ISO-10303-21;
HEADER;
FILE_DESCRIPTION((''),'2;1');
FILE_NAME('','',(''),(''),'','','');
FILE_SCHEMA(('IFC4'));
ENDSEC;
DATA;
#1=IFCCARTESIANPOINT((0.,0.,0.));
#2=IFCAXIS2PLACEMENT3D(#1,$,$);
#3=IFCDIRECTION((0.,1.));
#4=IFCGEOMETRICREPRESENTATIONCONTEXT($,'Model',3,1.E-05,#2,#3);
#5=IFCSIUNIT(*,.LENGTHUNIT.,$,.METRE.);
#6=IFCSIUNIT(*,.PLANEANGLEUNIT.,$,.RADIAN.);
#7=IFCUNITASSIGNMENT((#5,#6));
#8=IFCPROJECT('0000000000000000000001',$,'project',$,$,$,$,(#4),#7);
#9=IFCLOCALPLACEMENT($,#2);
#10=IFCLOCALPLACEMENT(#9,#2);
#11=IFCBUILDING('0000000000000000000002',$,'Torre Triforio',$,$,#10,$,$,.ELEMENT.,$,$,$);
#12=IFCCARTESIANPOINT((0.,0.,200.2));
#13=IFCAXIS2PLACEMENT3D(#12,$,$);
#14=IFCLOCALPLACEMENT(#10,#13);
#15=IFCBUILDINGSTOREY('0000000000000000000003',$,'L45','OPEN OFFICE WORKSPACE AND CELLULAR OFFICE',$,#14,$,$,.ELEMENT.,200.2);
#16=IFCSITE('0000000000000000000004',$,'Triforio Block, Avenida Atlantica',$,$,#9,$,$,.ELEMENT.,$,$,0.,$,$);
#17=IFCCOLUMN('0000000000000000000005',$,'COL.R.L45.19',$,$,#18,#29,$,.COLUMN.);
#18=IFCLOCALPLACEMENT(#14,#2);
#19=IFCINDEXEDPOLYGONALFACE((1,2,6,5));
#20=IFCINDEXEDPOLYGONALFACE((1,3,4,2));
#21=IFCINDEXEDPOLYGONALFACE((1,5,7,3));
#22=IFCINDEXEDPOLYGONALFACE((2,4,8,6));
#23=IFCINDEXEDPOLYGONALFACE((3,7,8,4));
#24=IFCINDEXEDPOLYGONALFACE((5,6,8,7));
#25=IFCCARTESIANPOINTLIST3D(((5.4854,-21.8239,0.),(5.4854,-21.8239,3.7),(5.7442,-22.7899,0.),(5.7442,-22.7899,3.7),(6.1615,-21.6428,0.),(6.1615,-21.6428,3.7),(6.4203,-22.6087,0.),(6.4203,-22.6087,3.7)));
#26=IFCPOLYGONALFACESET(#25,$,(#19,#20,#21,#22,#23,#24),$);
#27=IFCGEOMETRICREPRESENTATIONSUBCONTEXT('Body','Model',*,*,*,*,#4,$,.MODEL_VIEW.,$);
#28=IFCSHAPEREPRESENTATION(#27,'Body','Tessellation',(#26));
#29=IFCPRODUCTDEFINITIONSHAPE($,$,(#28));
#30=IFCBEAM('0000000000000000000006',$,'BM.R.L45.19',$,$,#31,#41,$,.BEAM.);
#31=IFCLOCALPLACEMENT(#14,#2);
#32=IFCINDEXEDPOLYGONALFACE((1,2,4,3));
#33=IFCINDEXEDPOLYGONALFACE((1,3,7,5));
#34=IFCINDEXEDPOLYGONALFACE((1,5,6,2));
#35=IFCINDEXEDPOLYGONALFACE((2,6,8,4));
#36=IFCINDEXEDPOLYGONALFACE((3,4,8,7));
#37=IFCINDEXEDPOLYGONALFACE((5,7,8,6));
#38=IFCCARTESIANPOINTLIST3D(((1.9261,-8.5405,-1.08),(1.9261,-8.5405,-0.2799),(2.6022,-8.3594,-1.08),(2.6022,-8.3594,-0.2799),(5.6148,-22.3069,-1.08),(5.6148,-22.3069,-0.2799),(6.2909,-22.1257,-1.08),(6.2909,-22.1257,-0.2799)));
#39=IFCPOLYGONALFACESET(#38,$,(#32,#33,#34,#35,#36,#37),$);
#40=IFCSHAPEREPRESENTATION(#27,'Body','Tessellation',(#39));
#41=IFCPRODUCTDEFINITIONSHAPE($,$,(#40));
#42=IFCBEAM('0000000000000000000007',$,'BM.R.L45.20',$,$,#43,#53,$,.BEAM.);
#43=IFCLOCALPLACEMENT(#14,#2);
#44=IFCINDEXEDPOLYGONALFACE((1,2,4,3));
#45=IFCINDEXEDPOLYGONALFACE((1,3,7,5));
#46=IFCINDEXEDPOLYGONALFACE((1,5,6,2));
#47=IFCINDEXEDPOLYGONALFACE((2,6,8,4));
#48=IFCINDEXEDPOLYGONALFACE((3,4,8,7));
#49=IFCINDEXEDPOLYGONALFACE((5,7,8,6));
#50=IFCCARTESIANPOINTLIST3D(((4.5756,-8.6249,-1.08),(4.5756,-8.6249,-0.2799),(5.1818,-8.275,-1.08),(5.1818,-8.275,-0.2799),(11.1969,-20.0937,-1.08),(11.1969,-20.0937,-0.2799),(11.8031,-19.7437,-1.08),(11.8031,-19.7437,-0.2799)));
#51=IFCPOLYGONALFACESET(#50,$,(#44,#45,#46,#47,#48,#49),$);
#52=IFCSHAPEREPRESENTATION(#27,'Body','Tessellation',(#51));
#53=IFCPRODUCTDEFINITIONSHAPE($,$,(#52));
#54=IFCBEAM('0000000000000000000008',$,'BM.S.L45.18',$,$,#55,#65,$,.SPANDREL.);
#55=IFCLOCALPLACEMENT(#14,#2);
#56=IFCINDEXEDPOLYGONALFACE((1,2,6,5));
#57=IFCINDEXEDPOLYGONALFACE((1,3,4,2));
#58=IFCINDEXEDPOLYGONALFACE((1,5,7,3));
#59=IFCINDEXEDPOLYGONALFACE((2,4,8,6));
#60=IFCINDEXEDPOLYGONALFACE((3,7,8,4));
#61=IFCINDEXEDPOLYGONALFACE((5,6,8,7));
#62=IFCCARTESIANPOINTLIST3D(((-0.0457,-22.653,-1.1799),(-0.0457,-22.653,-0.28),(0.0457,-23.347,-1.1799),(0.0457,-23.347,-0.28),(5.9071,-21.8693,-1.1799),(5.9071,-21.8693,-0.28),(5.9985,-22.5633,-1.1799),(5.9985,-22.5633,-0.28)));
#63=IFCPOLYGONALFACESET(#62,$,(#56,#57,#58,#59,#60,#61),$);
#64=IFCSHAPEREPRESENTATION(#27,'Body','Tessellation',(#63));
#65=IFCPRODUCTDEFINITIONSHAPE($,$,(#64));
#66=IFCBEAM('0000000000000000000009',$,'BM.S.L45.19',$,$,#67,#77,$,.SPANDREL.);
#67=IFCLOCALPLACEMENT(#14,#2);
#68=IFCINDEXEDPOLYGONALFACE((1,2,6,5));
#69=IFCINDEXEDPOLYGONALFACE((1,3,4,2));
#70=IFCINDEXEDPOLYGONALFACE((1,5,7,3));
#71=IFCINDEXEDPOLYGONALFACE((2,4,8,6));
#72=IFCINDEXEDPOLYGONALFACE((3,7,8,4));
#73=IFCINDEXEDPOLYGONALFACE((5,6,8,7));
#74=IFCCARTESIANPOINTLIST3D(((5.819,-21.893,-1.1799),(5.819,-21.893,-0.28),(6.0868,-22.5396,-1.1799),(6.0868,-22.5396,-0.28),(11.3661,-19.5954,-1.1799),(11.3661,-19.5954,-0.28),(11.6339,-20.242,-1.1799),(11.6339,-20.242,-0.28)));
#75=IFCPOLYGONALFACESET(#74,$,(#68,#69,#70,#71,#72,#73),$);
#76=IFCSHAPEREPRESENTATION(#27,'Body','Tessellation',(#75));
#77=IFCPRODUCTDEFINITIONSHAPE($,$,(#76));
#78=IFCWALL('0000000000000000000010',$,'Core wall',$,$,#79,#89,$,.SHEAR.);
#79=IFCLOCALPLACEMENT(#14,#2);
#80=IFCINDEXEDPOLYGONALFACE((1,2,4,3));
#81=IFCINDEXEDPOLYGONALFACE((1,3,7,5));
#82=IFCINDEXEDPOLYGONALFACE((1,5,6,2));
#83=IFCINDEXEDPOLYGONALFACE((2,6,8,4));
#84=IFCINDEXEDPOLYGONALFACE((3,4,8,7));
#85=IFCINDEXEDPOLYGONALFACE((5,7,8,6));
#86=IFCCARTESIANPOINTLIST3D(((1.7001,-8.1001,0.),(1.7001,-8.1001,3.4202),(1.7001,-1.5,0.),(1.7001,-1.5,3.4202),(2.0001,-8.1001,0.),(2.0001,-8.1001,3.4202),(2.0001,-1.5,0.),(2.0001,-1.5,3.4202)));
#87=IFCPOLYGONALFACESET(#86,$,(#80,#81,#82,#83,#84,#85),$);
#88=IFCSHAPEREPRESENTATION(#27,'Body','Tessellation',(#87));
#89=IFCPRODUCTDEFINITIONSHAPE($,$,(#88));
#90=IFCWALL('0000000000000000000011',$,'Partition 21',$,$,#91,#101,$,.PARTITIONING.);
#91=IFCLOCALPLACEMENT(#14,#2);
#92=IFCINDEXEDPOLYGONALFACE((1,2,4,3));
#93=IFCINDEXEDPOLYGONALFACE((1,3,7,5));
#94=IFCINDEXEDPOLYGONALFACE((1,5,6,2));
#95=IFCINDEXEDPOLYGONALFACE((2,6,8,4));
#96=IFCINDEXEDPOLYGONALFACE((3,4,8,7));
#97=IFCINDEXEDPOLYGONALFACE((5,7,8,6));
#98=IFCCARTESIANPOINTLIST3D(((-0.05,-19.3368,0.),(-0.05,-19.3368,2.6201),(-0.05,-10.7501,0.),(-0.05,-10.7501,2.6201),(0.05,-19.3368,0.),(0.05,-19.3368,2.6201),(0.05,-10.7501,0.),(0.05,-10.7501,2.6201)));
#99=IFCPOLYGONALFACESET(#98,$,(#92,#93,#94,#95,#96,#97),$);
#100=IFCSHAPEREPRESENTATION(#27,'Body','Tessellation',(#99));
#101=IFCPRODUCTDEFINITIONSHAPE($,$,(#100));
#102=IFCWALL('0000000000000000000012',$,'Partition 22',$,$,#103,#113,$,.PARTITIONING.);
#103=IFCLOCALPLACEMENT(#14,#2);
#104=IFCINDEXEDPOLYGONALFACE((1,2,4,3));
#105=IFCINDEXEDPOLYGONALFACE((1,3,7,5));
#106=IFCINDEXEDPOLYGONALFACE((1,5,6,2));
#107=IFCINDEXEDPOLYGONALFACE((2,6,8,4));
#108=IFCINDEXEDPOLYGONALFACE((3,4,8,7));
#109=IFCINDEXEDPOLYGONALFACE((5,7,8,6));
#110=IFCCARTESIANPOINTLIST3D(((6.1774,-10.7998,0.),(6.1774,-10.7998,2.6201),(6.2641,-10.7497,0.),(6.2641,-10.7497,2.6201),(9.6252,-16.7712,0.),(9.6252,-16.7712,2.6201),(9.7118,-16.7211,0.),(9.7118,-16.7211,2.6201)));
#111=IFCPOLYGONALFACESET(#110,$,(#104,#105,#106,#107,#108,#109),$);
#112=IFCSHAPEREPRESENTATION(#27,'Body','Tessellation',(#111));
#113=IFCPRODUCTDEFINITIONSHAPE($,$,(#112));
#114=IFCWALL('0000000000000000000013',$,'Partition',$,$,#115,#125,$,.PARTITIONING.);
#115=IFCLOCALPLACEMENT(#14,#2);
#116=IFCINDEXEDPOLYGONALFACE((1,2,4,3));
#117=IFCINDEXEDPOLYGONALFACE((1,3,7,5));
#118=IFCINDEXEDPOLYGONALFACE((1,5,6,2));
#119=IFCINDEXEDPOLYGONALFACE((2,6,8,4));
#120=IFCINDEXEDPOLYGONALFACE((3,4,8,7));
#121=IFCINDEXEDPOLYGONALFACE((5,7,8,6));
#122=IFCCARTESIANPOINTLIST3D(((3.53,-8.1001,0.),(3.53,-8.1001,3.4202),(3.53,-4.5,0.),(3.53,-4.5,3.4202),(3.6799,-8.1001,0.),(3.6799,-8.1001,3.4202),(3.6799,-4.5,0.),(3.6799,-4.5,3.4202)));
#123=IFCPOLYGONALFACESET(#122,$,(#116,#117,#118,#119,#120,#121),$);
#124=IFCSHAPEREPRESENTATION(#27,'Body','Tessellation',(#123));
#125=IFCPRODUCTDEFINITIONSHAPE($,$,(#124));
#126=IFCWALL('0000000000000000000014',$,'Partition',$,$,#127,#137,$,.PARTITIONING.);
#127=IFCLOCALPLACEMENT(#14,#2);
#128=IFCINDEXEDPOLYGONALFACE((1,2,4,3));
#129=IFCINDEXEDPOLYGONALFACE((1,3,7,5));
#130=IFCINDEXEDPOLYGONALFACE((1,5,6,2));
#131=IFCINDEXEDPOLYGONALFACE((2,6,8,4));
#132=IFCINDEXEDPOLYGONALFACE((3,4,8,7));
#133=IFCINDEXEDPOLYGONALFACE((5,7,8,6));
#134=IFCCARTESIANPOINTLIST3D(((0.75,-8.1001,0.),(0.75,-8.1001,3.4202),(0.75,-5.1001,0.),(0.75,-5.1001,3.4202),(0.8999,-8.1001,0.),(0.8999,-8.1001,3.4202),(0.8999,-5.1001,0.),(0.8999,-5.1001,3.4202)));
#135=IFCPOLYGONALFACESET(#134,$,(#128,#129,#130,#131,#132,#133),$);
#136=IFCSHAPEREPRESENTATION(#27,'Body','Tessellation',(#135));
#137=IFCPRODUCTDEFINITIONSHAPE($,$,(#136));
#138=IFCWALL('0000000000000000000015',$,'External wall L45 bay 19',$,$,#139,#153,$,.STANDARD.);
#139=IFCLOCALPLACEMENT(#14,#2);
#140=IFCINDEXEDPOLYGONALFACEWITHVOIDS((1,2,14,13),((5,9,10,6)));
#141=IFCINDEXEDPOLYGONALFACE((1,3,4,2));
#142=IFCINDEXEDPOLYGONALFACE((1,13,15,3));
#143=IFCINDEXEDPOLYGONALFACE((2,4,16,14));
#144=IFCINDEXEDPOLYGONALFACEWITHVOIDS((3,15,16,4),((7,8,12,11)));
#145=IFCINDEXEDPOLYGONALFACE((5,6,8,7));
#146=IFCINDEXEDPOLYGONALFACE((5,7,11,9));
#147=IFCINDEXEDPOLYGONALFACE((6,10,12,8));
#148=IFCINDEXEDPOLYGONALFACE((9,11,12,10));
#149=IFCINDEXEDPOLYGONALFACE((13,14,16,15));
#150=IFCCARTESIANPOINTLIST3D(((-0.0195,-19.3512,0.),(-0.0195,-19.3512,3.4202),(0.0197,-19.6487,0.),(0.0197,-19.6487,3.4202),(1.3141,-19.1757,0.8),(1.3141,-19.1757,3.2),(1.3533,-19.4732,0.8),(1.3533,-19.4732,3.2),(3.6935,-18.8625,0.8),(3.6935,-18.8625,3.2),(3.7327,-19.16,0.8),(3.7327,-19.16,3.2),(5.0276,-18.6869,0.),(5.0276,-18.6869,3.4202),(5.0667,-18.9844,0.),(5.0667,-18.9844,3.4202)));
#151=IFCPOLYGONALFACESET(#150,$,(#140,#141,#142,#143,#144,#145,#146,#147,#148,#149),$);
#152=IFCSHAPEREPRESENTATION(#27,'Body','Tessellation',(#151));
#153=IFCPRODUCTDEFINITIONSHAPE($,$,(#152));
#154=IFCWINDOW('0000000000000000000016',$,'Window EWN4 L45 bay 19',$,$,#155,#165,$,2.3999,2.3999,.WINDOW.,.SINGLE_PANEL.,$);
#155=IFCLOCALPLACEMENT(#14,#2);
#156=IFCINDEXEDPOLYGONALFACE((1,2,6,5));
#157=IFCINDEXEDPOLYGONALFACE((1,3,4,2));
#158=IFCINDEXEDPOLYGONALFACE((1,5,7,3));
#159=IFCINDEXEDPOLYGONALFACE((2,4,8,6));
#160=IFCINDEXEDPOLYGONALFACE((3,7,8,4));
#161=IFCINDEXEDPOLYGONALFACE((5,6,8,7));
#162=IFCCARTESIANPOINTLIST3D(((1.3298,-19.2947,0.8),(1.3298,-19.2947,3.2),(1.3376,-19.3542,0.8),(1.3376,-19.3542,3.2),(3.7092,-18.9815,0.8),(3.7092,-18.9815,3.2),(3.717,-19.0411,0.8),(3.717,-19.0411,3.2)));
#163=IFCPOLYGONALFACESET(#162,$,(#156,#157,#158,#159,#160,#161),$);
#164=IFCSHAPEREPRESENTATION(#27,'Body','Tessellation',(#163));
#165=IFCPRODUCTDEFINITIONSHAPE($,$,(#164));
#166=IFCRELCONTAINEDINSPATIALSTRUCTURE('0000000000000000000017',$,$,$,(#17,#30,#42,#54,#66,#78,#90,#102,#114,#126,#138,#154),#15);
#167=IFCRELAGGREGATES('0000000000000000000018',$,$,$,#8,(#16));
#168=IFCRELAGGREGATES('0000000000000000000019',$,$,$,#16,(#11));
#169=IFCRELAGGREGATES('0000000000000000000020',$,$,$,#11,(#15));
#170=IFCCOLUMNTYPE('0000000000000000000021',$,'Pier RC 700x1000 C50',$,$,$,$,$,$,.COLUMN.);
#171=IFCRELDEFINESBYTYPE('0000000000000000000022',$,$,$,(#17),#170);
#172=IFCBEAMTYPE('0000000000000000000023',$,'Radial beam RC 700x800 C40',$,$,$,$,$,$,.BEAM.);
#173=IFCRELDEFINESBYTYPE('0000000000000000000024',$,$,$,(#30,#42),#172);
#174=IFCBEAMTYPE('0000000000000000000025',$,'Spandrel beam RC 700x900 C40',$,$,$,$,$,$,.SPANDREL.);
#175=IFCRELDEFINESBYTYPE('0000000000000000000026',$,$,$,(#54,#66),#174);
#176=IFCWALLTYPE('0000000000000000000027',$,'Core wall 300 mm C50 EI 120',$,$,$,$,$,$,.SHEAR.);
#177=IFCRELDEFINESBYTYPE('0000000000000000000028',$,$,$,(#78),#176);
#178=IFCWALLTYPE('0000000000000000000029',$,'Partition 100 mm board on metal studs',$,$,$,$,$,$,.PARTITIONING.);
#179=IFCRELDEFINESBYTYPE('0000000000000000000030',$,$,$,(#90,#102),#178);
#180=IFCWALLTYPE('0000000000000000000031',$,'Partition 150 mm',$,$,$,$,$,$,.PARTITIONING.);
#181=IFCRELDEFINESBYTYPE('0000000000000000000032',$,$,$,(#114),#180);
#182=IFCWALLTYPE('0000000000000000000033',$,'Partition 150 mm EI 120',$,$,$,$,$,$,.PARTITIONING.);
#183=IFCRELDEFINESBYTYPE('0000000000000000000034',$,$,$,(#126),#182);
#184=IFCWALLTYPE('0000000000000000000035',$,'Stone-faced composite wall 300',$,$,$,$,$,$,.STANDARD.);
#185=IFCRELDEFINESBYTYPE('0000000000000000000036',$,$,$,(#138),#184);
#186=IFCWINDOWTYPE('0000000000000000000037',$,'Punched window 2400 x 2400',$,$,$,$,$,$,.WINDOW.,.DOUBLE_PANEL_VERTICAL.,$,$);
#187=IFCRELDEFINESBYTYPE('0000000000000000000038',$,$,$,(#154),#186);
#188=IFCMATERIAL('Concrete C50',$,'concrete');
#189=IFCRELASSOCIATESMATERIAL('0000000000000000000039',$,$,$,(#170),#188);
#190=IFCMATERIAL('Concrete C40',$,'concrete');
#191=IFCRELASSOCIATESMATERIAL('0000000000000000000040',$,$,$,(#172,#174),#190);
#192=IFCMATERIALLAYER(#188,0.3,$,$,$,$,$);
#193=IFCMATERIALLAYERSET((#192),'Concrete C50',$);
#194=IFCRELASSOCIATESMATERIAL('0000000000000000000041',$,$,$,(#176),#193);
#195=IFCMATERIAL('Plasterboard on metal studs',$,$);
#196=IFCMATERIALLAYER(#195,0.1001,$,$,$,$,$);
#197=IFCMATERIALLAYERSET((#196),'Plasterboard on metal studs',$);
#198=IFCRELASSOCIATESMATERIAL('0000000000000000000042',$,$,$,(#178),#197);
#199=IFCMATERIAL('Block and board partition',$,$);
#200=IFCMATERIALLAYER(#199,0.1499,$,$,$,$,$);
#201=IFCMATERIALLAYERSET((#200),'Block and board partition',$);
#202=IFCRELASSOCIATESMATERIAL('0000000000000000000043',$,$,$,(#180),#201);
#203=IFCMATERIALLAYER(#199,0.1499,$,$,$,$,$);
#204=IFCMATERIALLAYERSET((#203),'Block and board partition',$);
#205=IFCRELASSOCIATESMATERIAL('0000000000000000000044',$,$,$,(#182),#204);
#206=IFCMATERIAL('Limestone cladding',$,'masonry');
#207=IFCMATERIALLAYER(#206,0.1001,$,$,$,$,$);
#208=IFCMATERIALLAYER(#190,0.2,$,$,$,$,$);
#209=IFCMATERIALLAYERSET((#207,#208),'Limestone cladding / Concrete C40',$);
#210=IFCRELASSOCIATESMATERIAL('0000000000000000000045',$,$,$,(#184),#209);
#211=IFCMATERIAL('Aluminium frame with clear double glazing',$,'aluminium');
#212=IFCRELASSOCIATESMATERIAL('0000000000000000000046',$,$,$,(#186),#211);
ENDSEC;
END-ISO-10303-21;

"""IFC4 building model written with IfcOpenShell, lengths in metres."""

from ifc_helpers import new_model, si_unit, direction, frame, frame_2d, origin, origin_2d, place, context, subcontext, project, spatial, rectangle, extrude, material, layer, layer_set, material_profile, profile_set, type_object, element, fill, save


model = new_model("IFC4")

# Units and contexts
model_context = context("Model", 3, precision=1e-05, world=origin(), true_north=direction((0.0, 1.0)))
body_context = subcontext(model_context, "Body", "Model", "MODEL_VIEW")
ifc_project = project(units=[si_unit("LENGTHUNIT", "METRE"), si_unit("PLANEANGLEUNIT", "RADIAN")], contexts=[model_context])

# Site, building, storey
site_placement = place(None, origin())
site = spatial("IfcSite", under=ifc_project, at=site_placement, Name="Triforio Block, Avenida Atlantica", CompositionType="ELEMENT", RefElevation=0.0)
building_placement = place(site_placement, origin())
building = spatial("IfcBuilding", under=site, at=building_placement, Name="Torre Triforio", CompositionType="ELEMENT")
storey_placement = place(building_placement, frame((0.0, 0.0, 200.2)))
storey = spatial("IfcBuildingStorey", under=building, at=storey_placement, Name="L45", Description="OPEN OFFICE WORKSPACE AND CELLULAR OFFICE", CompositionType="ELEMENT", Elevation=200.2)

# Column
ifc_material_1 = material(Name="Concrete C50", Category="concrete")
ifc_material_profile_1 = material_profile(ifc_material_1, rectangle(XDim=0.7, YDim=1.0, at=origin_2d()), Name="RC 700x1000")
ifc_profile_set_1 = profile_set([ifc_material_profile_1], Name="Concrete C50")
column_type = type_object("IfcColumnType", Name="Pier RC 700x1000 C50", PredefinedType="COLUMN", material=ifc_profile_set_1)
column_placement = place(storey_placement, frame((5.9529, -22.2163, 0.0), z_axis=(0.0, 0.0, 1.0), x_axis=(0.965926, 0.258819, 0.0)))
element("IfcColumn", 1, at=column_placement, inside=storey, type_object=column_type, Name="COL.R.L45.19", PredefinedType="COLUMN", context=body_context, shape_type="SweptSolid", body=[
    extrude(rectangle(XDim=0.7, YDim=1.0, at=origin_2d()), origin(), (0.0, 0.0, 1.0), 3.7),
])

# Beams
ifc_material_2 = material(Name="Concrete C40", Category="concrete")
ifc_material_profile_2 = material_profile(ifc_material_2, rectangle(XDim=0.7, YDim=0.8, at=origin_2d()), Name="RC 700x800")
ifc_profile_set_2 = profile_set([ifc_material_profile_2], Name="Concrete C40")
beam_type_1 = type_object("IfcBeamType", Name="Radial beam RC 700x800 C40", PredefinedType="BEAM", material=ifc_profile_set_2)
beam_1_placement = place(storey_placement, frame((2.2642, -8.45, -0.6799), z_axis=(0.258821, -0.965925, 0.0), x_axis=(0.965925, 0.258821, 0.0)))
element("IfcBeam", 2, at=beam_1_placement, inside=storey, type_object=beam_type_1, Name="BM.R.L45.19", PredefinedType="BEAM", context=body_context, shape_type="SweptSolid", body=[
    extrude(rectangle(XDim=0.7, YDim=0.8, at=origin_2d()), origin(), (0.0, 0.0, 1.0), 14.252),
])
beam_2_placement = place(storey_placement, frame((4.8787, -8.45, -0.6799), z_axis=(0.499992, -0.86603, 0.0), x_axis=(0.86603, 0.499992, 0.0)))
element("IfcBeam", 3, at=beam_2_placement, inside=storey, type_object=beam_type_1, Name="BM.R.L45.20", PredefinedType="BEAM", context=body_context, shape_type="SweptSolid", body=[
    extrude(rectangle(XDim=0.7, YDim=0.8, at=origin_2d()), origin(), (0.0, 0.0, 1.0), 13.2429),
])
ifc_material_profile_3 = material_profile(ifc_material_2, rectangle(XDim=0.7, YDim=0.8999, at=origin_2d()), Name="RC 700x900")
ifc_profile_set_3 = profile_set([ifc_material_profile_3], Name="Concrete C40")
beam_type_2 = type_object("IfcBeamType", Name="Spandrel beam RC 700x900 C40", PredefinedType="SPANDREL", material=ifc_profile_set_3)
for number, where, z_axis, x_axis, name in (
    (4, (0.0, -23.0, -0.73), (0.991445, 0.130523, 0.0), (-0.130523, 0.991445, 0.0), "BM.S.L45.18"),
    (5, (5.9529, -22.2163, -0.73), (0.923885, 0.382671, 0.0), (-0.382671, 0.923885, 0.0), "BM.S.L45.19"),
):
    element("IfcBeam", number, at=place(storey_placement, frame(where, z_axis=z_axis, x_axis=x_axis)), inside=storey, type_object=beam_type_2, Name=name, PredefinedType="SPANDREL", context=body_context, shape_type="SweptSolid", body=[
        extrude(rectangle(XDim=0.7, YDim=0.8999, at=origin_2d()), origin(), (0.0, 0.0, 1.0), 6.0042),
    ])

# Walls
ifc_layer_1 = layer(ifc_material_1, 0.3)
ifc_layer_set_1 = layer_set([ifc_layer_1], Name="Concrete C50")
wall_type_1 = type_object("IfcWallType", Name="Core wall 300 mm C50 EI 120", PredefinedType="SHEAR", material=ifc_layer_set_1)
wall_1_placement = place(storey_placement, frame((1.8501, -8.1001, 0.0), z_axis=(0.0, 0.0, 1.0), x_axis=(0.0, 1.0, 0.0)))
element("IfcWall", 6, at=wall_1_placement, inside=storey, type_object=wall_type_1, Name="Core wall", PredefinedType="SHEAR", context=body_context, shape_type="SweptSolid", body=[
    extrude(rectangle(XDim=6.6001, YDim=0.3, at=frame_2d((3.3, 0.0))), origin(), (0.0, 0.0, 1.0), 3.4202),
])
ifc_material_3 = material(Name="Plasterboard on metal studs")
ifc_layer_2 = layer(ifc_material_3, 0.1001)
ifc_layer_set_2 = layer_set([ifc_layer_2], Name="Plasterboard on metal studs")
wall_type_2 = type_object("IfcWallType", Name="Partition 100 mm board on metal studs", PredefinedType="PARTITIONING", material=ifc_layer_set_2)
wall_2_placement = place(storey_placement, frame((0.0, -10.75, 0.0), z_axis=(0.0, 0.0, 1.0), x_axis=(0.0, -1.0, 0.0)))
element("IfcWall", 7, at=wall_2_placement, inside=storey, type_object=wall_type_2, Name="Partition 21", PredefinedType="PARTITIONING", context=body_context, shape_type="SweptSolid", body=[
    extrude(rectangle(XDim=8.5867, YDim=0.1001, at=frame_2d((4.2935, 0.0))), origin(), (0.0, 0.0, 1.0), 2.6201),
])
wall_3_placement = place(storey_placement, frame((6.2207, -10.7747, 0.0), z_axis=(0.0, 0.0, 1.0), x_axis=(0.500016, -0.866016, 0.0)))
element("IfcWall", 8, at=wall_3_placement, inside=storey, type_object=wall_type_2, Name="Partition 22", PredefinedType="PARTITIONING", context=body_context, shape_type="SweptSolid", body=[
    extrude(rectangle(XDim=6.8953, YDim=0.1001, at=frame_2d((3.4478, 0.0))), origin(), (0.0, 0.0, 1.0), 2.6201),
])
ifc_material_4 = material(Name="Block and board partition")
ifc_layer_3 = layer(ifc_material_4, 0.1499)
ifc_layer_set_3 = layer_set([ifc_layer_3], Name="Block and board partition")
wall_type_3 = type_object("IfcWallType", Name="Partition 150 mm", PredefinedType="PARTITIONING", material=ifc_layer_set_3)
wall_4_placement = place(storey_placement, frame((3.605, -8.1001, 0.0), z_axis=(0.0, 0.0, 1.0), x_axis=(0.0, 1.0, 0.0)))
element("IfcWall", 9, at=wall_4_placement, inside=storey, type_object=wall_type_3, Name="Partition", PredefinedType="PARTITIONING", context=body_context, shape_type="SweptSolid", body=[
    extrude(rectangle(XDim=3.6001, YDim=0.1499, at=frame_2d((1.8, 0.0))), origin(), (0.0, 0.0, 1.0), 3.4202),
])
ifc_layer_4 = layer(ifc_material_4, 0.1499)
ifc_layer_set_4 = layer_set([ifc_layer_4], Name="Block and board partition")
wall_type_4 = type_object("IfcWallType", Name="Partition 150 mm EI 120", PredefinedType="PARTITIONING", material=ifc_layer_set_4)
wall_5_placement = place(storey_placement, frame((0.825, -8.1001, 0.0), z_axis=(0.0, 0.0, 1.0), x_axis=(0.0, 1.0, 0.0)))
element("IfcWall", 10, at=wall_5_placement, inside=storey, type_object=wall_type_4, Name="Partition", PredefinedType="PARTITIONING", context=body_context, shape_type="SweptSolid", body=[
    extrude(rectangle(XDim=3.0, YDim=0.1499, at=frame_2d((1.5, 0.0))), origin(), (0.0, 0.0, 1.0), 3.4202),
])

# Wall, opening, window
ifc_material_5 = material(Name="Limestone cladding", Category="masonry")
ifc_layer_5 = layer(ifc_material_5, 0.1001)
ifc_layer_6 = layer(ifc_material_2, 0.2)
ifc_layer_set_5 = layer_set([ifc_layer_5, ifc_layer_6], Name="Limestone cladding / Concrete C40")
wall_type_5 = type_object("IfcWallType", Name="Stone-faced composite wall 300", PredefinedType="STANDARD", material=ifc_layer_set_5)
wall_6_placement = place(storey_placement, frame((0.0, -19.5, 0.0), z_axis=(0.0, 0.0, 1.0), x_axis=(0.991449, 0.130495, 0.0)))
wall_6 = element("IfcWall", 11, at=wall_6_placement, inside=storey, type_object=wall_type_5, Name="External wall L45 bay 19", PredefinedType="STANDARD", context=body_context, shape_type="SweptSolid", body=[
    extrude(rectangle(XDim=5.0906, YDim=0.3, at=frame_2d((2.5454, 0.0))), origin(), (0.0, 0.0, 1.0), 3.4202),
])
opening_1_placement = place(wall_6_placement, frame((1.3452, 0.0, 0.8)))
opening_1 = element("IfcOpeningElement", 12, at=opening_1_placement, cuts=wall_6, PredefinedType="OPENING", context=body_context, shape_type="SweptSolid", body=[
    extrude(rectangle(XDim=2.3999, YDim=2.3999, at=frame_2d((1.2, 1.2))), frame((0.0, 0.1599, 0.0), z_axis=(0.0, -1.0, 0.0), x_axis=(1.0, 0.0, 0.0)), (0.0, 0.0, 1.0), 0.3201),
])
ifc_material_6 = material(Name="Aluminium frame with clear double glazing", Category="aluminium")
window_type_1 = type_object("IfcWindowType", Name="Punched window 2400 x 2400", PartitioningType="DOUBLE_PANEL_VERTICAL", PredefinedType="WINDOW", material=ifc_material_6)
window_1_placement = place(opening_1_placement, origin())
window_1 = element("IfcWindow", 13, at=window_1_placement, inside=storey, type_object=window_type_1, Name="Window EWN4 L45 bay 19", OverallHeight=2.3999, OverallWidth=2.3999, PartitioningType="SINGLE_PANEL", PredefinedType="WINDOW", context=body_context, shape_type="SweptSolid", body=[
    extrude(rectangle(XDim=2.3999, YDim=2.3999, at=frame_2d((1.2, 1.2))), frame((0.0, 0.03, 0.0), z_axis=(0.0, -1.0, 0.0), x_axis=(1.0, 0.0, 0.0)), (0.0, 0.0, 1.0), 0.0601),
])
fill(opening_1, window_1)

save(model, "model.ifc")
